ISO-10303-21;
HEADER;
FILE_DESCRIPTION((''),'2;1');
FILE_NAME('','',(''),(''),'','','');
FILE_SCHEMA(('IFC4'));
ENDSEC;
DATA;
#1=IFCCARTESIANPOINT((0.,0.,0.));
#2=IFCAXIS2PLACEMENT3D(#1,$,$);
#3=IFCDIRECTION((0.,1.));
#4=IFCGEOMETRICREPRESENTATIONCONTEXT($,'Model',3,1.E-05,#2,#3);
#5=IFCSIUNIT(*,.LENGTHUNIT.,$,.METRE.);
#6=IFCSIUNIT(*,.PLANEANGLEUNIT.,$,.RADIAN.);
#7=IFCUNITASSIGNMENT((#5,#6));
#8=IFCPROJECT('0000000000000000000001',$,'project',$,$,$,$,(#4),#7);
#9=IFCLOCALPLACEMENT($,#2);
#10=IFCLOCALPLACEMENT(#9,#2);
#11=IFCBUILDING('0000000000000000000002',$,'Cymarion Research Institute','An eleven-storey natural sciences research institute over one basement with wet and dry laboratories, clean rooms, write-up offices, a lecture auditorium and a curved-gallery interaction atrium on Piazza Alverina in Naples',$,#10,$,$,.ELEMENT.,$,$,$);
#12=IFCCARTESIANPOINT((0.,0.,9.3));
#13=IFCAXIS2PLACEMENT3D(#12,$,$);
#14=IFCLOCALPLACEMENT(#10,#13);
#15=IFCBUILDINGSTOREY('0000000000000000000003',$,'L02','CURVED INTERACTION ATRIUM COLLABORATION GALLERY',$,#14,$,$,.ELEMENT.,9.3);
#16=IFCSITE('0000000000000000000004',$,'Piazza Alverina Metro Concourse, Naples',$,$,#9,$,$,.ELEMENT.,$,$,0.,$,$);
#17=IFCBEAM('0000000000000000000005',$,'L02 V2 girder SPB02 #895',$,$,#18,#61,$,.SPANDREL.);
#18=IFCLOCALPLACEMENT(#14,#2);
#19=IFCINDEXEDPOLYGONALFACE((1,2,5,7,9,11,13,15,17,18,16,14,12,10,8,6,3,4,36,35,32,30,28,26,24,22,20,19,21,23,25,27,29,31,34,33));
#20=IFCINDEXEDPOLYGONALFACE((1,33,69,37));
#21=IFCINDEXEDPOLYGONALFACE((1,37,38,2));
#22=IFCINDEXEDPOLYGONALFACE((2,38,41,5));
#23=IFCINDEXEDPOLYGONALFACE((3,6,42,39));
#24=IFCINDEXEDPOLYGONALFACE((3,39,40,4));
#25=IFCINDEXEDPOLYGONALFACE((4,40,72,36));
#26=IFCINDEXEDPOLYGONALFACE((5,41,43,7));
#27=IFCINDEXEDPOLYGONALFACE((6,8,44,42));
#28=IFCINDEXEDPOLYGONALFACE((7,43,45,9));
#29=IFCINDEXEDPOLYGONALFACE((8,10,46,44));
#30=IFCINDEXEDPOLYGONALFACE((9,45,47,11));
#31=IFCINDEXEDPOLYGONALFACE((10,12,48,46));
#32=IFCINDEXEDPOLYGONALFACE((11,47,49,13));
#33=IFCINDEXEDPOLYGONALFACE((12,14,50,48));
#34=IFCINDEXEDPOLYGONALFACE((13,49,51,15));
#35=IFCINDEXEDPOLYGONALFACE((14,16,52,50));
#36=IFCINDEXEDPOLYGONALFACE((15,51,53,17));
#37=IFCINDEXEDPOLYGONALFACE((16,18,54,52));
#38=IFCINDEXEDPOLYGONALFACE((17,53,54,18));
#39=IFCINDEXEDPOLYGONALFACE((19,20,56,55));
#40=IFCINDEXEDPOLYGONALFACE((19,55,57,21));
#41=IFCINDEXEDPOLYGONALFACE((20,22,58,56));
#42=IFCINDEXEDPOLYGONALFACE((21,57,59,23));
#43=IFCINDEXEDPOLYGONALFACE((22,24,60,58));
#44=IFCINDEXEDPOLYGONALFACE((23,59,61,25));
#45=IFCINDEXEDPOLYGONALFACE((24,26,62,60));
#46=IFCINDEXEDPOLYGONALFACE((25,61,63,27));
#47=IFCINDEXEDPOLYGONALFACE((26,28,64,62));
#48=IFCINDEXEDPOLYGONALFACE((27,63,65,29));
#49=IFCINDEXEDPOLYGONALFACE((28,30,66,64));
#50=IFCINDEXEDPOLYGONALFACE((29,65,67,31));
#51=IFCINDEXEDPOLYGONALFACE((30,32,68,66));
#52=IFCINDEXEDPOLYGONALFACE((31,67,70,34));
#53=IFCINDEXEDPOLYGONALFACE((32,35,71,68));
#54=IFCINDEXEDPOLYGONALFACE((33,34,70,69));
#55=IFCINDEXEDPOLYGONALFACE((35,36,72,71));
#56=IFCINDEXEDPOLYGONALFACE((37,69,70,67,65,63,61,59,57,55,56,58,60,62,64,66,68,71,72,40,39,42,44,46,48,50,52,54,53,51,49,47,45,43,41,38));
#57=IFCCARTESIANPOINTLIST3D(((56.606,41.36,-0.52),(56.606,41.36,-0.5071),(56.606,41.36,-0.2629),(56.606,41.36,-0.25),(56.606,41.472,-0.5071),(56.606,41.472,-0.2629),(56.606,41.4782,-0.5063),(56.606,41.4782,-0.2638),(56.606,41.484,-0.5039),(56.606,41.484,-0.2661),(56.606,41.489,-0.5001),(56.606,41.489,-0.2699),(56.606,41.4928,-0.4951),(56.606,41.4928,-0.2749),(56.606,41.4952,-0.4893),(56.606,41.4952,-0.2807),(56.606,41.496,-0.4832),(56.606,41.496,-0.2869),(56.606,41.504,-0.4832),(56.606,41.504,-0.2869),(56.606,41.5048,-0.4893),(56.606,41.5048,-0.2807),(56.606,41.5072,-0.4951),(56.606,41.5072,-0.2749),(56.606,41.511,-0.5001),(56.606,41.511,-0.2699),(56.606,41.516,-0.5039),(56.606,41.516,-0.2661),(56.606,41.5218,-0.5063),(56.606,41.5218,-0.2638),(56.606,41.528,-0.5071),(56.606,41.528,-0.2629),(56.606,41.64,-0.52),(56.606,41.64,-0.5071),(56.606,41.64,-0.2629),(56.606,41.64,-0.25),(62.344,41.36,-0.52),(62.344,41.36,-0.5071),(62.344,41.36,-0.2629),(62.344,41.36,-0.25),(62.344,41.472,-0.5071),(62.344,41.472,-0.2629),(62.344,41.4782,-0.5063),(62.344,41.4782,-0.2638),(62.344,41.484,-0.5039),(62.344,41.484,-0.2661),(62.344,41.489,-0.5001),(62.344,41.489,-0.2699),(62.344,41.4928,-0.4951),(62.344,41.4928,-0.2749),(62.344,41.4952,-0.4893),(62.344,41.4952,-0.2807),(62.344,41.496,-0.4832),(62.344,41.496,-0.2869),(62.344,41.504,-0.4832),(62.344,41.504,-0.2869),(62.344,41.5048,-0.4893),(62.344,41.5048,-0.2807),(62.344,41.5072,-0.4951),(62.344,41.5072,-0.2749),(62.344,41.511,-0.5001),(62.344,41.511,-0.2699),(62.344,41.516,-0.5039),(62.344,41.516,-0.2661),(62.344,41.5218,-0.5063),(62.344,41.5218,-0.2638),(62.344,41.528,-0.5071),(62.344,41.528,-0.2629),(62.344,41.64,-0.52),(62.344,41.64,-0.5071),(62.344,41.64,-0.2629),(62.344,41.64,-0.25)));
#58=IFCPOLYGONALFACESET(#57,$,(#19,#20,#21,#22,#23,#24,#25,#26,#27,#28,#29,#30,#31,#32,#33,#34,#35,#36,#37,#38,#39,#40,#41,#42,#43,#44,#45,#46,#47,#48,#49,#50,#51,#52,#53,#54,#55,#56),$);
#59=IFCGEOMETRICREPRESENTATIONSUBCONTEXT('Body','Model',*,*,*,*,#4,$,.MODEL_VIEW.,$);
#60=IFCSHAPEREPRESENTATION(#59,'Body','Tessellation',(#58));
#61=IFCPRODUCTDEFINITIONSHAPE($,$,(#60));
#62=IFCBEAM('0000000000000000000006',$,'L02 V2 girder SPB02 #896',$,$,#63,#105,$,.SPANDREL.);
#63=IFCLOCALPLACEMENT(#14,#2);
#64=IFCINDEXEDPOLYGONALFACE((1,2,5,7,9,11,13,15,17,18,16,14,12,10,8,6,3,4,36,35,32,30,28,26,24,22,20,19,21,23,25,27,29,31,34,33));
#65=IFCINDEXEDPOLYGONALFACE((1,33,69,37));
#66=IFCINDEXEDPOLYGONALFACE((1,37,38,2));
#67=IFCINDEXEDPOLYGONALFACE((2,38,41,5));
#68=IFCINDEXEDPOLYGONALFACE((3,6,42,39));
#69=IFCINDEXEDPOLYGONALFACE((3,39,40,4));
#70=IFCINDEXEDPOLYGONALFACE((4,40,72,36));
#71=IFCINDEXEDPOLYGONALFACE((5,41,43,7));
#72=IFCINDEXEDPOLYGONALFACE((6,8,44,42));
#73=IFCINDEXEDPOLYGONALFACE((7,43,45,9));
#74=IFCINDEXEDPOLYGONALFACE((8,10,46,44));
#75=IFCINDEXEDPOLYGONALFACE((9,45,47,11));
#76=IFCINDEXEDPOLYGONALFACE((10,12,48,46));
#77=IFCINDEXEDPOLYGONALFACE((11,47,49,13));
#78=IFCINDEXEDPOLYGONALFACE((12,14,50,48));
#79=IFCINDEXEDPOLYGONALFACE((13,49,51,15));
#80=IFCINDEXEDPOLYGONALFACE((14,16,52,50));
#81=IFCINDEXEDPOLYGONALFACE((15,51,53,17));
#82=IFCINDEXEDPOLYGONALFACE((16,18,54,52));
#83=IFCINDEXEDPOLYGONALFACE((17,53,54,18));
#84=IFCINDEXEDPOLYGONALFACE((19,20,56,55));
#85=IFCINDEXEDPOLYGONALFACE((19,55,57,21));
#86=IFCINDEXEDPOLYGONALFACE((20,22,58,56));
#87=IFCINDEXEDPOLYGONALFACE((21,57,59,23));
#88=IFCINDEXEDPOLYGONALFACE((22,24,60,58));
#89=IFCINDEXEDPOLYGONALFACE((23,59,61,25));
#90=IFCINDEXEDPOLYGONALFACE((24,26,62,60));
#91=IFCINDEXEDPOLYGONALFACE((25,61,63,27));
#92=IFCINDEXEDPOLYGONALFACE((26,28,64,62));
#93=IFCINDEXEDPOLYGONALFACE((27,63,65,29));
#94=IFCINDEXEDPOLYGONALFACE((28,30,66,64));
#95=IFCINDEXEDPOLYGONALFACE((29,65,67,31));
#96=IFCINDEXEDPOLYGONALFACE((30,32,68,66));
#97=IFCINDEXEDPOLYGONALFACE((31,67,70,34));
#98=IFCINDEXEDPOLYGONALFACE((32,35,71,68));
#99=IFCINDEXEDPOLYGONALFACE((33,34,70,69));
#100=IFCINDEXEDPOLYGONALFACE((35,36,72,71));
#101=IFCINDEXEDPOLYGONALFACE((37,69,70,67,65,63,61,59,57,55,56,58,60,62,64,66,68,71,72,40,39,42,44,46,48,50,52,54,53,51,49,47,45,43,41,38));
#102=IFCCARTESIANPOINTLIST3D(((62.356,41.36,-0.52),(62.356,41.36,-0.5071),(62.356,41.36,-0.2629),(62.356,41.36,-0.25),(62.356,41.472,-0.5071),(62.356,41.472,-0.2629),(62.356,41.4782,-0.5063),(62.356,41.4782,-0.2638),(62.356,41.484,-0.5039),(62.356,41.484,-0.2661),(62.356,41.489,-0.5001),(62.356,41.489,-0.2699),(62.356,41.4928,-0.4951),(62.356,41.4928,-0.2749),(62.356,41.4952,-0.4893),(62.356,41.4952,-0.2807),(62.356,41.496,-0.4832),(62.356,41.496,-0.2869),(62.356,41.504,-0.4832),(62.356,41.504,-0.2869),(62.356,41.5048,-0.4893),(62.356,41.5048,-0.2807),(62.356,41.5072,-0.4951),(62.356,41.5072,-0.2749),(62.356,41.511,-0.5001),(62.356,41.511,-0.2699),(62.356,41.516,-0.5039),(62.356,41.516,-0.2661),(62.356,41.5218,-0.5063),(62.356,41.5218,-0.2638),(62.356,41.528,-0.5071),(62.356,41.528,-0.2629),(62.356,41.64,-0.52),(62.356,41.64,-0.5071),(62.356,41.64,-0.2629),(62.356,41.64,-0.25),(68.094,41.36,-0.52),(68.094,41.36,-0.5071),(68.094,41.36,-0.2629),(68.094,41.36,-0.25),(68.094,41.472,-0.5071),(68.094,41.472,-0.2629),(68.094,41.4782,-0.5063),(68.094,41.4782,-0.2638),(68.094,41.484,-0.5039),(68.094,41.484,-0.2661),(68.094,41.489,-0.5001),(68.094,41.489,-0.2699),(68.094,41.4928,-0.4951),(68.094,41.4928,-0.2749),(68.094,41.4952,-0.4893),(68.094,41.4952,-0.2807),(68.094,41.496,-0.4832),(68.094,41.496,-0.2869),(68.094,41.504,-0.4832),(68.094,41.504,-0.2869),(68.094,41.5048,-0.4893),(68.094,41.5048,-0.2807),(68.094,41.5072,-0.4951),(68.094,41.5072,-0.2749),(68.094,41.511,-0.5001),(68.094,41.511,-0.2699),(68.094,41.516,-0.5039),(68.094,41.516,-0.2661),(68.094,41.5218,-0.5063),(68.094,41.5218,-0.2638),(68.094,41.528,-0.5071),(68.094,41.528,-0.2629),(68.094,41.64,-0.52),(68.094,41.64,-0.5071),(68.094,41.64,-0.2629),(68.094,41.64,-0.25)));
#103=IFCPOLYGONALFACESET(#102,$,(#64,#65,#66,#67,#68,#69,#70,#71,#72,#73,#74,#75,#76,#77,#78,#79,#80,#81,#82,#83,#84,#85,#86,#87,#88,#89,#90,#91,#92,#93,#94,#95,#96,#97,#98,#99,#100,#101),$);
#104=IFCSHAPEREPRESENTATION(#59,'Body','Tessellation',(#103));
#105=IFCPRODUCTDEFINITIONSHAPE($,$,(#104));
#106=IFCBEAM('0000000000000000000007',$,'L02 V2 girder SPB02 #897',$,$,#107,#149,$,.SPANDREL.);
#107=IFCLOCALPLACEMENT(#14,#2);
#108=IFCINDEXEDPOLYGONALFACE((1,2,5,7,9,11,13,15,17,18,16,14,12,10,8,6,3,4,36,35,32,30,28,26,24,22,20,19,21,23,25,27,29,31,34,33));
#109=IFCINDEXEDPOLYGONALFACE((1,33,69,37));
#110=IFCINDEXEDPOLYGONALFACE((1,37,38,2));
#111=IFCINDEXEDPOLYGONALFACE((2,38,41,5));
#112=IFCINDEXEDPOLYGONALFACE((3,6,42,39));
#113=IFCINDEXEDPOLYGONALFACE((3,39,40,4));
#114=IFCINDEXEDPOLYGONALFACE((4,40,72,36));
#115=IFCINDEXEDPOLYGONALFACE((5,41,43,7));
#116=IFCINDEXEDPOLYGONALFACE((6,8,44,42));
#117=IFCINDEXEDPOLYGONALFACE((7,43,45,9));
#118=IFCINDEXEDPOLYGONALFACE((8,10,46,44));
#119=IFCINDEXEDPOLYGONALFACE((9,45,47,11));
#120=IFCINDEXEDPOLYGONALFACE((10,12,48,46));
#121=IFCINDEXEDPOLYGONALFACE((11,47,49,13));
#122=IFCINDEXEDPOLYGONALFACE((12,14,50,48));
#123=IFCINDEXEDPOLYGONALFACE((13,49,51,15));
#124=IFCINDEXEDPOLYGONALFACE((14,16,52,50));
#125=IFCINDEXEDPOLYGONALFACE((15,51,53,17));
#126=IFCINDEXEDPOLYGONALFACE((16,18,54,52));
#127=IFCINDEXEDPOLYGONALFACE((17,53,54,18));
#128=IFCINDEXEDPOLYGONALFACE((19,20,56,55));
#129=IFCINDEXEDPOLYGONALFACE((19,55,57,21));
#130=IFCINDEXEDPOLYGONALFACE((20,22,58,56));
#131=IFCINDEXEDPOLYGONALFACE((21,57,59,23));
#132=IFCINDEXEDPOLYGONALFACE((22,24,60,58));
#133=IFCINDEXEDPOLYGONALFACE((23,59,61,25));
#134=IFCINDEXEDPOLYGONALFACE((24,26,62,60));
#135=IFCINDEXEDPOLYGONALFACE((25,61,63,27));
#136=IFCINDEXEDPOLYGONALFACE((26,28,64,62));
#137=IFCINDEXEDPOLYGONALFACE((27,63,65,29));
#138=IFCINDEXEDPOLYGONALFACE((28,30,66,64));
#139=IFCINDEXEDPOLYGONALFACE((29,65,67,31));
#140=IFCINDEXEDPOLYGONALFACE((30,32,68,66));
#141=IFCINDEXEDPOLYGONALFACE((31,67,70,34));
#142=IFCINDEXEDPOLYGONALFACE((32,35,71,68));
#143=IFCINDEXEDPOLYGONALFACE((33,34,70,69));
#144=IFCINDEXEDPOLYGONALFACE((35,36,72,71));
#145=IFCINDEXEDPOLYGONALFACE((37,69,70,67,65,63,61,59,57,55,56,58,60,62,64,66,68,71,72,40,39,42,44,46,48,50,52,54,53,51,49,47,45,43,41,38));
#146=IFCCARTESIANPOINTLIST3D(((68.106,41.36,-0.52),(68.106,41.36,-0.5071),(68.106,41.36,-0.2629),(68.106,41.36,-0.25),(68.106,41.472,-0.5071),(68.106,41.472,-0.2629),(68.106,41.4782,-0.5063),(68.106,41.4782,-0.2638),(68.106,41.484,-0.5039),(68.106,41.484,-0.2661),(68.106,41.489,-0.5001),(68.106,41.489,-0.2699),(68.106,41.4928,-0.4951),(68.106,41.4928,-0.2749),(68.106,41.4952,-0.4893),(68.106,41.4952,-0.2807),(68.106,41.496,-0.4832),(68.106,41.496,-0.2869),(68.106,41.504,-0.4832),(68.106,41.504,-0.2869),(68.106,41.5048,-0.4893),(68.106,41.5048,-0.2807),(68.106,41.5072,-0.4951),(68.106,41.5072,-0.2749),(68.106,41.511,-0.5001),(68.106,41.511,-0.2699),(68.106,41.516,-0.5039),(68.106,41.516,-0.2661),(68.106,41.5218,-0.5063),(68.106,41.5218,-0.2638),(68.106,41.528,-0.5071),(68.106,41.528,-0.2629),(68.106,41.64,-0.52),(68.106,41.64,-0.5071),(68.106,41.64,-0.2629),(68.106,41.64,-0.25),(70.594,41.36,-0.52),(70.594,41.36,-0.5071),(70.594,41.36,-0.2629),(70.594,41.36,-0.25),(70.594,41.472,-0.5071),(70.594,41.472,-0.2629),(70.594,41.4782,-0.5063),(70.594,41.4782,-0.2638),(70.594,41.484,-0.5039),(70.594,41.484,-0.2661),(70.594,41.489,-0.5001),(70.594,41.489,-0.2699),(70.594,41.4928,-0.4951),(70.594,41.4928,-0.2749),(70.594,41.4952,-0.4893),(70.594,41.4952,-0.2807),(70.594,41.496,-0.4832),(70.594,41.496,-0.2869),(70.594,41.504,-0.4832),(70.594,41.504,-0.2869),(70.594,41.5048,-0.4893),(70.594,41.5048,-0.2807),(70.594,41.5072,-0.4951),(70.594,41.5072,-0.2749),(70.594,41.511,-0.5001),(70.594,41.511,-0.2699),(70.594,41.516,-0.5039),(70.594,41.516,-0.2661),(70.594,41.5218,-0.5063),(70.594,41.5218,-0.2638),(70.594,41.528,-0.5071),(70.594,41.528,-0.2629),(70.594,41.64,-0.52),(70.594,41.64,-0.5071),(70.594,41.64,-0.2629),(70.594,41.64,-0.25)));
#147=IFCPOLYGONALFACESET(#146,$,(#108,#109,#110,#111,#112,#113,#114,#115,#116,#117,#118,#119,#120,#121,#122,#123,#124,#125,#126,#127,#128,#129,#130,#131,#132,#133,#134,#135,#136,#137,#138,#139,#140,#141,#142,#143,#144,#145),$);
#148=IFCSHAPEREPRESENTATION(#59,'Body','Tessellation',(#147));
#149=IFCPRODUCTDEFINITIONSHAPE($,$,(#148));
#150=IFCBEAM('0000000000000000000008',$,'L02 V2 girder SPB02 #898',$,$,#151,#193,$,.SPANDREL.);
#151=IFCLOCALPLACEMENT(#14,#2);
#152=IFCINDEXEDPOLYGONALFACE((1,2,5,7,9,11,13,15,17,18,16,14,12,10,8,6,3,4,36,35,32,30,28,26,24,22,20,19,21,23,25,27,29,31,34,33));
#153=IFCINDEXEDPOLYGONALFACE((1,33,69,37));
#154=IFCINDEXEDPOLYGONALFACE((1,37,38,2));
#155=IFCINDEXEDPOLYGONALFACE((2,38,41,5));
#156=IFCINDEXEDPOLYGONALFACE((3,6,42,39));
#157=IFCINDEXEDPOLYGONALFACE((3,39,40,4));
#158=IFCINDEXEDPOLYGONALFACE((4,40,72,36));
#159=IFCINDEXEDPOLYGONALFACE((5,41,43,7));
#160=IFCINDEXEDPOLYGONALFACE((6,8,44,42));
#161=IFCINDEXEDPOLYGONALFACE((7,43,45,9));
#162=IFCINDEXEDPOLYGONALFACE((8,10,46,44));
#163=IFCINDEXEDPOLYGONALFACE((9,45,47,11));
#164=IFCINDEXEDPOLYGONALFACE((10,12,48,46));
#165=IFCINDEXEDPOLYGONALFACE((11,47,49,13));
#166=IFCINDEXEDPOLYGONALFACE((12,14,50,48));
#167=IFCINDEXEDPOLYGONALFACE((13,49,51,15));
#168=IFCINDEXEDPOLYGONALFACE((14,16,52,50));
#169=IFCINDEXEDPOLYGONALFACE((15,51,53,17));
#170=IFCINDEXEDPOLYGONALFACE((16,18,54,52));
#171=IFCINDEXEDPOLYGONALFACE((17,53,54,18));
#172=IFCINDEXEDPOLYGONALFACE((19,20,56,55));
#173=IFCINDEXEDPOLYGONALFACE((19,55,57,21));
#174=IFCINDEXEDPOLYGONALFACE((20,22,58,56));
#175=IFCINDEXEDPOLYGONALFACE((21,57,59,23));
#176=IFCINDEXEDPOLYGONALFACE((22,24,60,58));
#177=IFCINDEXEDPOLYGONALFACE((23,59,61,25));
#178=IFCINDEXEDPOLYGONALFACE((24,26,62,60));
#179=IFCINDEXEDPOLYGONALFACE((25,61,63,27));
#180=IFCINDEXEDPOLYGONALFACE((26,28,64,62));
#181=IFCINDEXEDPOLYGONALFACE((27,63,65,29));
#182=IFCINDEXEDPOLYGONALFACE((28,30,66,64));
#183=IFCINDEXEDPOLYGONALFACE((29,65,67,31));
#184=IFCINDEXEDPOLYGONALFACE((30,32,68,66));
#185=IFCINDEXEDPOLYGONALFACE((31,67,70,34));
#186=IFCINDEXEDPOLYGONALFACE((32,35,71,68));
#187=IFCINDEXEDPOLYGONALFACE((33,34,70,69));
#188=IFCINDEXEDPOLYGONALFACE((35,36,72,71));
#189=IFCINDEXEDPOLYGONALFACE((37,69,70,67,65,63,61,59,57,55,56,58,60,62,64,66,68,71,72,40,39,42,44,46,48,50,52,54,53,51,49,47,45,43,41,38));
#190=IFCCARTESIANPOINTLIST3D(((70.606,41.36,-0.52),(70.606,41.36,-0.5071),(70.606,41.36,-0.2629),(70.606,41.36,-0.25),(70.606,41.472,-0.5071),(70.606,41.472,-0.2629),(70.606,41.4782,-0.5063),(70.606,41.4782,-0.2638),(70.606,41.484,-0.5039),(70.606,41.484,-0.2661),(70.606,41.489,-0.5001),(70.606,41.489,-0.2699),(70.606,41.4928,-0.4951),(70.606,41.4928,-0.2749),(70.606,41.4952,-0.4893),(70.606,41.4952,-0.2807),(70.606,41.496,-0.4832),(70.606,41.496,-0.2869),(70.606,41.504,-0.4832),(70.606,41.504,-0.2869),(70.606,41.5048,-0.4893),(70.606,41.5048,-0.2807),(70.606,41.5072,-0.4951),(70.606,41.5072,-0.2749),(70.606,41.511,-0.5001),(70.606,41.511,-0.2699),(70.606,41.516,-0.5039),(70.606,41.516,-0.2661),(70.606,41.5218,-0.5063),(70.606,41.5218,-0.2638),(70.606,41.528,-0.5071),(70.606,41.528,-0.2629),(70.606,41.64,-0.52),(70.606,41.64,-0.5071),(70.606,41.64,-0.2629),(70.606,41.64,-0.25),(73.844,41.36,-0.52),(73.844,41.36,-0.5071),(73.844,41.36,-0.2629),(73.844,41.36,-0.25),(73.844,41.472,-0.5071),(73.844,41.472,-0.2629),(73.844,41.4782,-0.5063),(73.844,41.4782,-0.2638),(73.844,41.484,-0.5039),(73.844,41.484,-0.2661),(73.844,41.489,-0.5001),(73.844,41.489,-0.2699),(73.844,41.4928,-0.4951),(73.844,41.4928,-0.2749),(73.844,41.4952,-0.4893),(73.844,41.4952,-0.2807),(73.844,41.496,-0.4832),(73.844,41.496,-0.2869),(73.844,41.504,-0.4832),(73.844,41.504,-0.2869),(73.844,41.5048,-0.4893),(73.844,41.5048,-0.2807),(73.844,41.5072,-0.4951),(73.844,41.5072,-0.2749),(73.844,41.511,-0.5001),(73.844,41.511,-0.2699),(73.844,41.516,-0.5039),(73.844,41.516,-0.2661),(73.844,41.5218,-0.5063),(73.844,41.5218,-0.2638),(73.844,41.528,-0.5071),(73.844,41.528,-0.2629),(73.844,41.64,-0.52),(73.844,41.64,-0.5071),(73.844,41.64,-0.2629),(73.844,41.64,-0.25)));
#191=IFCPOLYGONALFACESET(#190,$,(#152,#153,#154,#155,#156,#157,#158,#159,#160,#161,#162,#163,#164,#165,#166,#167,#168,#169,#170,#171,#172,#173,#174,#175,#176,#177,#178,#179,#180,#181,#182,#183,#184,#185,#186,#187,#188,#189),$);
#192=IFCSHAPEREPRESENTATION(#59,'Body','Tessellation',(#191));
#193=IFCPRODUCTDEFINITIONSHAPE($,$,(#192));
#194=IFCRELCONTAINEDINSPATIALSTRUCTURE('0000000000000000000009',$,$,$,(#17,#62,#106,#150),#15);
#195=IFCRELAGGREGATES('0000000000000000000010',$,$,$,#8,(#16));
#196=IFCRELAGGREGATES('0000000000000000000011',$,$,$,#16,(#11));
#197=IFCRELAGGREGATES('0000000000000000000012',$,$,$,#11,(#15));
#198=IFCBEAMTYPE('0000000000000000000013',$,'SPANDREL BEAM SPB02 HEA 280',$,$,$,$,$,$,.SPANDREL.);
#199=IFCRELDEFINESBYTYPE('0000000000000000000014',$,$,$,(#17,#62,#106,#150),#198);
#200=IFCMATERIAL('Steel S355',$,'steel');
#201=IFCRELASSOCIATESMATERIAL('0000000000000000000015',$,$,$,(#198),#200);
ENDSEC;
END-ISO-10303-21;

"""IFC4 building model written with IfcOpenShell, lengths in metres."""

from ifc_helpers import new_model, si_unit, direction, frame, origin, origin_2d, place, context, subcontext, project, spatial, i_section, extrude, material, material_profile, profile_set, type_object, element, save


model = new_model("IFC4")

# Units and contexts
model_context = context("Model", 3, precision=1e-05, world=origin(), true_north=direction((0.0, 1.0)))
body_context = subcontext(model_context, "Body", "Model", "MODEL_VIEW")
ifc_project = project(units=[si_unit("LENGTHUNIT", "METRE"), si_unit("PLANEANGLEUNIT", "RADIAN")], contexts=[model_context])

# Site, building, storey
site_placement = place(None, origin())
site = spatial("IfcSite", under=ifc_project, at=site_placement, Name="Piazza Alverina Metro Concourse, Naples", CompositionType="ELEMENT", RefElevation=0.0)
building_placement = place(site_placement, origin())
building = spatial("IfcBuilding", under=site, at=building_placement, Name="Cymarion Research Institute", Description="An eleven-storey natural sciences research institute over one basement with wet and dry laboratories, clean rooms, write-up offices, a lecture auditorium and a curved-gallery interaction atrium on Piazza Alverina in Naples", CompositionType="ELEMENT")
storey_placement = place(building_placement, frame((0.0, 0.0, 9.3)))
storey = spatial("IfcBuildingStorey", under=building, at=storey_placement, Name="L02", Description="CURVED INTERACTION ATRIUM COLLABORATION GALLERY", CompositionType="ELEMENT", Elevation=9.3)

# Shared definitions
ifc_material_1 = material(Name="Steel S355", Category="steel")

# Beams
ifc_material_profile_1 = material_profile(ifc_material_1, i_section(OverallWidth=0.28, OverallDepth=0.27, WebThickness=0.0081, FlangeThickness=0.0129, FilletRadius=0.0239, at=origin_2d()), Name="HEA 280")
ifc_profile_set_1 = profile_set([ifc_material_profile_1], Name="Steel S355")
beam_type = type_object("IfcBeamType", Name="SPANDREL BEAM SPB02 HEA 280", PredefinedType="SPANDREL", material=ifc_profile_set_1)
for number, where, z_axis, x_axis, name in (
    (1, (56.606, 41.5, -0.385), (1.0, 0.0, 0.0), (0.0, 1.0, 0.0), "L02 V2 girder SPB02 #895"),
    (2, (62.356, 41.5, -0.385), (1.0, 0.0, 0.0), (0.0, 1.0, 0.0), "L02 V2 girder SPB02 #896"),
):
    element("IfcBeam", number, at=place(storey_placement, frame(where, z_axis=z_axis, x_axis=x_axis)), inside=storey, type_object=beam_type, Name=name, PredefinedType="SPANDREL", context=body_context, shape_type="SweptSolid", body=[
        extrude(i_section(OverallWidth=0.28, OverallDepth=0.27, WebThickness=0.0081, FlangeThickness=0.0129, FilletRadius=0.0239, at=origin_2d()), origin(), (0.0, 0.0, 1.0), 5.738),
    ])
beam_1_placement = place(storey_placement, frame((68.106, 41.5, -0.385), z_axis=(1.0, 0.0, 0.0), x_axis=(0.0, 1.0, 0.0)))
element("IfcBeam", 3, at=beam_1_placement, inside=storey, type_object=beam_type, Name="L02 V2 girder SPB02 #897", PredefinedType="SPANDREL", context=body_context, shape_type="SweptSolid", body=[
    extrude(i_section(OverallWidth=0.28, OverallDepth=0.27, WebThickness=0.0081, FlangeThickness=0.0129, FilletRadius=0.0239, at=origin_2d()), origin(), (0.0, 0.0, 1.0), 2.488),
])
beam_2_placement = place(storey_placement, frame((70.606, 41.5, -0.385), z_axis=(1.0, 0.0, 0.0), x_axis=(0.0, 1.0, 0.0)))
element("IfcBeam", 4, at=beam_2_placement, inside=storey, type_object=beam_type, Name="L02 V2 girder SPB02 #898", PredefinedType="SPANDREL", context=body_context, shape_type="SweptSolid", body=[
    extrude(i_section(OverallWidth=0.28, OverallDepth=0.27, WebThickness=0.0081, FlangeThickness=0.0129, FilletRadius=0.0239, at=origin_2d()), origin(), (0.0, 0.0, 1.0), 3.238),
])

save(model, "model.ifc")
